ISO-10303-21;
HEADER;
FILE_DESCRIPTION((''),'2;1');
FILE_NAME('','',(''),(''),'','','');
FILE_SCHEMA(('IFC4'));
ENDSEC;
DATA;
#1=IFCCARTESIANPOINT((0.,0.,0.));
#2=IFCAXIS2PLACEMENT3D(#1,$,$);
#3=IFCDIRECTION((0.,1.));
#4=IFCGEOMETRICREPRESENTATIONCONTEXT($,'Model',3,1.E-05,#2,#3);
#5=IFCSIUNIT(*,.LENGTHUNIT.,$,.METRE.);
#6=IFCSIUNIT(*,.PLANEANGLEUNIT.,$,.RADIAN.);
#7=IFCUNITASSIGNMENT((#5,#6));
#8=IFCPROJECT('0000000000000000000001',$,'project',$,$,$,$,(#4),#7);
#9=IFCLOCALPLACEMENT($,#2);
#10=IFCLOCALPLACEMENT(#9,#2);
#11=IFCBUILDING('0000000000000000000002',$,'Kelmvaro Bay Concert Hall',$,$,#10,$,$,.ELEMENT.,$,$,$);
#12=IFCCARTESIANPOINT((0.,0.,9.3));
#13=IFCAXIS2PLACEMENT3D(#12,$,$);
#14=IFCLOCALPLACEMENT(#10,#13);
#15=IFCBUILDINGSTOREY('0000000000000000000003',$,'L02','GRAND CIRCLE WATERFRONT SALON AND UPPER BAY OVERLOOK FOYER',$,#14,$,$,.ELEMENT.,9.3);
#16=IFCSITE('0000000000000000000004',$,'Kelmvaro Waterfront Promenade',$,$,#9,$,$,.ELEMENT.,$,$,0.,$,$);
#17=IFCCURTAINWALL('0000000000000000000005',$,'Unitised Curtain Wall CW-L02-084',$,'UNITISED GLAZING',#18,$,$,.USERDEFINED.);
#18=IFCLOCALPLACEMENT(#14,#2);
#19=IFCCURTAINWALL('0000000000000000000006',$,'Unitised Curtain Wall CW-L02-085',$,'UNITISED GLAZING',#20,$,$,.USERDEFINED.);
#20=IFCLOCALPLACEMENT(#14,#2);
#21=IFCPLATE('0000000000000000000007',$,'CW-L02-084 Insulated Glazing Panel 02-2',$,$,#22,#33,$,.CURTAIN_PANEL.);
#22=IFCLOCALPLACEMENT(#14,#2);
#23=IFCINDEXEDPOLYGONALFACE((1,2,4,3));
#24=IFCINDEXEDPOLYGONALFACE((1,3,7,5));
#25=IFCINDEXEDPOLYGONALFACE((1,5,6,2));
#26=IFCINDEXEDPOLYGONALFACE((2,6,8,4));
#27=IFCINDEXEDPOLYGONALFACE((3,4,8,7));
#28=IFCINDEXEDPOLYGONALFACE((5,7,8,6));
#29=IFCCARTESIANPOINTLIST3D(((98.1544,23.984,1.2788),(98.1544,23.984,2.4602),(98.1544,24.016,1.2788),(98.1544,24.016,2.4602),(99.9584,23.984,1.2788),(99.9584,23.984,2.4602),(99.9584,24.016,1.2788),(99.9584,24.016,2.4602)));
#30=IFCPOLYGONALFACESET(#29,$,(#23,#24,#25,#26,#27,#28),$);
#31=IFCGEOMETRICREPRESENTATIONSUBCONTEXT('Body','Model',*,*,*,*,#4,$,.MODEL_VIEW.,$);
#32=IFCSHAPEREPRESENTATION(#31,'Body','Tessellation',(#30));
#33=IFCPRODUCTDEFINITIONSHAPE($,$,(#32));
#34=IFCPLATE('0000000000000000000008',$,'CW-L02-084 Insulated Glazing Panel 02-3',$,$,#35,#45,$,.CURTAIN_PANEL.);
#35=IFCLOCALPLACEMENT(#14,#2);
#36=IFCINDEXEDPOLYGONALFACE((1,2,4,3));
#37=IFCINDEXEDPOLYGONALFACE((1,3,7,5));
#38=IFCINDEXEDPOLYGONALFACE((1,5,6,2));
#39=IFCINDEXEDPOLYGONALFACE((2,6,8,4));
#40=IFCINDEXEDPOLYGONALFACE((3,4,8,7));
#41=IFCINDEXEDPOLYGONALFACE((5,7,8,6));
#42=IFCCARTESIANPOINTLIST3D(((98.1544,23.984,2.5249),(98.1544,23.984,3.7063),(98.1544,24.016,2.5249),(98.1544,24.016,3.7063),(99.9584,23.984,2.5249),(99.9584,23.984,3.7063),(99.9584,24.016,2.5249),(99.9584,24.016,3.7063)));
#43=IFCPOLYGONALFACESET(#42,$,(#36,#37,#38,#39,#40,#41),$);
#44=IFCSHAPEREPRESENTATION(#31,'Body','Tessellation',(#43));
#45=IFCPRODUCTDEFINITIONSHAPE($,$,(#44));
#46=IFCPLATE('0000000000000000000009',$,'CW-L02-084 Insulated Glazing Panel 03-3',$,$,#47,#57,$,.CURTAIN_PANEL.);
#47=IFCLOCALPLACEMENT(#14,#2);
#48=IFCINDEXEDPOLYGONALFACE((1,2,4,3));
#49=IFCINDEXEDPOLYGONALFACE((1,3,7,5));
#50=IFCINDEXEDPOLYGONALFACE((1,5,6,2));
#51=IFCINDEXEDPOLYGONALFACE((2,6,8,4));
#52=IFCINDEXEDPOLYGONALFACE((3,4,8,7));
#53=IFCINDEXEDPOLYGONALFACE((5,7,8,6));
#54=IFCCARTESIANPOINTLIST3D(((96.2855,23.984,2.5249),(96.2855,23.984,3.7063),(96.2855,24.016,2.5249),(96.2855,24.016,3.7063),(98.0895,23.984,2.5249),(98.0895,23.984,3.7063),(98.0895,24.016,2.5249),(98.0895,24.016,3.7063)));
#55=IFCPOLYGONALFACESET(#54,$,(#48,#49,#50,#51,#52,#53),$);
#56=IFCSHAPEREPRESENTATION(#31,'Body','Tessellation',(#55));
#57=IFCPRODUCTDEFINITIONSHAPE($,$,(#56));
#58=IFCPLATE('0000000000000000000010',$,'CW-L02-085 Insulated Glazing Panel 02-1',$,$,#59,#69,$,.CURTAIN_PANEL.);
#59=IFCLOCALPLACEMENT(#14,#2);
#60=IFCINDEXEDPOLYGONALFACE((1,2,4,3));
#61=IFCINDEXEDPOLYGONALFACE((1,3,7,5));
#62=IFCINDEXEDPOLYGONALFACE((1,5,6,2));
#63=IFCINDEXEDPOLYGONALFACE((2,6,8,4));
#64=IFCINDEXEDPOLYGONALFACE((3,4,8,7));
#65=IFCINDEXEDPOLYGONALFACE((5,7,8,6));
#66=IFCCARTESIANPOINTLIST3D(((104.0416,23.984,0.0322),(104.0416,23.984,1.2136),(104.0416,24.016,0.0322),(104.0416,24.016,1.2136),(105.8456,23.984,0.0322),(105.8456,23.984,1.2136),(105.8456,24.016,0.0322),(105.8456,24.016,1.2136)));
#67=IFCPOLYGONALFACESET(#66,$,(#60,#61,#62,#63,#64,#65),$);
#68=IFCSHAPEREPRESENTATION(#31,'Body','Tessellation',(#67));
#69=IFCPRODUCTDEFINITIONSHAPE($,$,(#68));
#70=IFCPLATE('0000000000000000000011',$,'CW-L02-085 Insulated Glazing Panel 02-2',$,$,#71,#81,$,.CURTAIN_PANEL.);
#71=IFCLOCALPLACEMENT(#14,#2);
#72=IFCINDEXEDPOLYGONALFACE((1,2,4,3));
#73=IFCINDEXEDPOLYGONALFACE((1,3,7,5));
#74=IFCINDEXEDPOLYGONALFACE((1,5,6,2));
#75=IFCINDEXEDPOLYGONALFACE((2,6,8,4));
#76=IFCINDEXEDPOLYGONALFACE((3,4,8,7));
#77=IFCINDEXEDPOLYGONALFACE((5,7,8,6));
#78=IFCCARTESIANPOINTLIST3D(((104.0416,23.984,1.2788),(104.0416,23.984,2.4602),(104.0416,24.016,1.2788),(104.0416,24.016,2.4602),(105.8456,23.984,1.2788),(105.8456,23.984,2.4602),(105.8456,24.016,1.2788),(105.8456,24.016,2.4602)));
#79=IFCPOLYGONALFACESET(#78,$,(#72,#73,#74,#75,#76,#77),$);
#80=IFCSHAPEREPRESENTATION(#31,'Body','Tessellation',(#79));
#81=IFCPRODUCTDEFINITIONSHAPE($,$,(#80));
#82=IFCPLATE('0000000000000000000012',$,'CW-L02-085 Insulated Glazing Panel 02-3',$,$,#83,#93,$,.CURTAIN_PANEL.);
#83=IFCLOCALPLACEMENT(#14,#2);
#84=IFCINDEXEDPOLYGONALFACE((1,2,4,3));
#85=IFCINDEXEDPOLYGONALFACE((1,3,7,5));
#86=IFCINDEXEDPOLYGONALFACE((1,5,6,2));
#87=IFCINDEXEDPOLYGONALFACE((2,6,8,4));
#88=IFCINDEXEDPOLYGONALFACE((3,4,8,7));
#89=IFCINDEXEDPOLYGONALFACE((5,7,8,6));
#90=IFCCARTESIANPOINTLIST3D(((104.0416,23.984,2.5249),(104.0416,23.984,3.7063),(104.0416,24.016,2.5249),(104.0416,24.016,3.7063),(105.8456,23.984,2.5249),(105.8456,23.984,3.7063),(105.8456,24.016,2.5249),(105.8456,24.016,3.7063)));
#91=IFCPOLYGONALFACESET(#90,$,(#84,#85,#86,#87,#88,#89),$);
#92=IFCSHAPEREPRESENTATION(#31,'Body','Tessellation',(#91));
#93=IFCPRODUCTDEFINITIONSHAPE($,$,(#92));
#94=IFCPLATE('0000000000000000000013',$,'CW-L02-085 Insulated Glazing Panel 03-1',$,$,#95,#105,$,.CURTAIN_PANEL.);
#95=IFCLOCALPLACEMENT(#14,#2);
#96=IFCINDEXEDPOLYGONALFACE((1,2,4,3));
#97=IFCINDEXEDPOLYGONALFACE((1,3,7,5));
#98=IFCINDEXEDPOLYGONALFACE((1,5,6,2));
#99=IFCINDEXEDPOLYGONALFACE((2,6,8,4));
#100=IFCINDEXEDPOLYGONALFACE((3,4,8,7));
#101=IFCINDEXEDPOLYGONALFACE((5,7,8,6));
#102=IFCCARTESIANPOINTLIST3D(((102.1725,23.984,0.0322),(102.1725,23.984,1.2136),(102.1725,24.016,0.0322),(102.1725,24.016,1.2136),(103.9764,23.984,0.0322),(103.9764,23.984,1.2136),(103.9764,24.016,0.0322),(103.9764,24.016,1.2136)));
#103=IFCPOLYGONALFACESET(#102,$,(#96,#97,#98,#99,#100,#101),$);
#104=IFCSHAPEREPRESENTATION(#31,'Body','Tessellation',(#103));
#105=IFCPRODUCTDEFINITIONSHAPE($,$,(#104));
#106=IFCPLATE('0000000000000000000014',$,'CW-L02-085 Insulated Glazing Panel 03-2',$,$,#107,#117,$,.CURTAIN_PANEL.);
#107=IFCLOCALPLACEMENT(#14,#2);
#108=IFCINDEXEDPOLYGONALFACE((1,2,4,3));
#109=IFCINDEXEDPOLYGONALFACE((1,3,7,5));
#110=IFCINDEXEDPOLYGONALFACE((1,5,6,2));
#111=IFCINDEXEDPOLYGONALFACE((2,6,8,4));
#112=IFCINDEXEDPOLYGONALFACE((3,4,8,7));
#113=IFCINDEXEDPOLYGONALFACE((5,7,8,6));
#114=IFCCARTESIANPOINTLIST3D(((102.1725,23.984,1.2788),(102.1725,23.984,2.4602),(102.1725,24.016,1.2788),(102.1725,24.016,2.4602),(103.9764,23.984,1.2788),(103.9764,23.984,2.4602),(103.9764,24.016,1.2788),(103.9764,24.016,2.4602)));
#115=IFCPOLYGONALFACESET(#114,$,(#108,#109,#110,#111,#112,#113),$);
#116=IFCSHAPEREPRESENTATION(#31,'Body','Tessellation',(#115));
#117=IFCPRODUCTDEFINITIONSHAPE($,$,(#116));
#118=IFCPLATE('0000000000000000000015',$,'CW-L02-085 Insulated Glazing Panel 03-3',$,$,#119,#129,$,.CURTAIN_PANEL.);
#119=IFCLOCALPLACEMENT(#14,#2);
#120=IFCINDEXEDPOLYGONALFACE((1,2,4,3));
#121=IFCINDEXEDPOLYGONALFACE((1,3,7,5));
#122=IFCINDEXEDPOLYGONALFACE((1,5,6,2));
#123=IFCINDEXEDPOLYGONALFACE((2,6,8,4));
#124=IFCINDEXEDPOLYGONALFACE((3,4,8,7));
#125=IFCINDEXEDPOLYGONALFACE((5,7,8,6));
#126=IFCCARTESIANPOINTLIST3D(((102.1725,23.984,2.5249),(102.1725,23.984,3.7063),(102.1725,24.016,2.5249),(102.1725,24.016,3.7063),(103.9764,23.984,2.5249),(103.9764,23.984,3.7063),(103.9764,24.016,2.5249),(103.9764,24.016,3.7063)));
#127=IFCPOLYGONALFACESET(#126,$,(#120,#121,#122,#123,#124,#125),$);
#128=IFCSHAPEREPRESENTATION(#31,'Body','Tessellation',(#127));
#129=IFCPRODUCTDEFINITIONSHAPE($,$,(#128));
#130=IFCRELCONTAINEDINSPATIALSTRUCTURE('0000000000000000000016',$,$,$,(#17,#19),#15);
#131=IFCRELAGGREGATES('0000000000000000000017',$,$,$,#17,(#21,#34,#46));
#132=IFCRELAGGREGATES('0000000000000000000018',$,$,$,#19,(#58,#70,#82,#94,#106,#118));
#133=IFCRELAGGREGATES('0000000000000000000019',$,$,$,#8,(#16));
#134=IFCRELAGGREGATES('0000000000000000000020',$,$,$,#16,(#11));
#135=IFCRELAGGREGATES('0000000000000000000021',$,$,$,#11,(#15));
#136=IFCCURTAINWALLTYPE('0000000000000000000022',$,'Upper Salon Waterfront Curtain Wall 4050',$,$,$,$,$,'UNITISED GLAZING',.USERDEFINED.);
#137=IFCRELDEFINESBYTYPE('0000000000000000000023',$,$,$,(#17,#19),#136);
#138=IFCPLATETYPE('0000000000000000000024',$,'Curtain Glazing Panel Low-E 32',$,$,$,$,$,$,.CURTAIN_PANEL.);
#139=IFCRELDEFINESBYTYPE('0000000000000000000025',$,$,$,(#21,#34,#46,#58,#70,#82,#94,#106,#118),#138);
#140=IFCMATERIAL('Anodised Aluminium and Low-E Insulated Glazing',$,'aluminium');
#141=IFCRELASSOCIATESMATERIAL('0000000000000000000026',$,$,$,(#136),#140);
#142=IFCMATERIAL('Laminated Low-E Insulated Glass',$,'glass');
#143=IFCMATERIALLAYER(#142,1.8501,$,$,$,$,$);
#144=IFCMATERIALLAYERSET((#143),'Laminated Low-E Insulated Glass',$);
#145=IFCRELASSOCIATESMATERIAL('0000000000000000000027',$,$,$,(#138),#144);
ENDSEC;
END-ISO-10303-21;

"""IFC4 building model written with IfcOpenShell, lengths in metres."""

from ifc_helpers import new_model, si_unit, direction, frame, origin, origin_2d, place, context, subcontext, project, spatial, rectangle, extrude, material, layer, layer_set, type_object, element, aggregate, save


model = new_model("IFC4")

# Units and contexts
model_context = context("Model", 3, precision=1e-05, world=origin(), true_north=direction((0.0, 1.0)))
body_context = subcontext(model_context, "Body", "Model", "MODEL_VIEW")
ifc_project = project(units=[si_unit("LENGTHUNIT", "METRE"), si_unit("PLANEANGLEUNIT", "RADIAN")], contexts=[model_context])

# Site, building, storey
site_placement = place(None, origin())
site = spatial("IfcSite", under=ifc_project, at=site_placement, Name="Kelmvaro Waterfront Promenade", CompositionType="ELEMENT", RefElevation=0.0)
building_placement = place(site_placement, origin())
building = spatial("IfcBuilding", under=site, at=building_placement, Name="Kelmvaro Bay Concert Hall", CompositionType="ELEMENT")
storey_placement = place(building_placement, frame((0.0, 0.0, 9.3)))
storey = spatial("IfcBuildingStorey", under=building, at=storey_placement, Name="L02", Description="GRAND CIRCLE WATERFRONT SALON AND UPPER BAY OVERLOOK FOYER", CompositionType="ELEMENT", Elevation=9.3)

# Curtain walls
ifc_material_1 = material(Name="Anodised Aluminium and Low-E Insulated Glazing", Category="aluminium")
curtain_wall_type = type_object("IfcCurtainWallType", Name="Upper Salon Waterfront Curtain Wall 4050", ElementType="UNITISED GLAZING", PredefinedType="USERDEFINED", material=ifc_material_1)
curtain_wall_1_placement = place(storey_placement, origin())
curtain_wall_1 = element("IfcCurtainWall", 1, at=curtain_wall_1_placement, inside=storey, type_object=curtain_wall_type, Name="Unitised Curtain Wall CW-L02-084", ObjectType="UNITISED GLAZING", PredefinedType="USERDEFINED")
curtain_wall_2_placement = place(storey_placement, origin())
curtain_wall_2 = element("IfcCurtainWall", 2, at=curtain_wall_2_placement, inside=storey, type_object=curtain_wall_type, Name="Unitised Curtain Wall CW-L02-085", ObjectType="UNITISED GLAZING", PredefinedType="USERDEFINED")

# Plates
ifc_material_2 = material(Name="Laminated Low-E Insulated Glass", Category="glass")
ifc_layer = layer(ifc_material_2, 1.8501)
ifc_layer_set = layer_set([ifc_layer], Name="Laminated Low-E Insulated Glass")
plate_type = type_object("IfcPlateType", Name="Curtain Glazing Panel Low-E 32", PredefinedType="CURTAIN_PANEL", material=ifc_layer_set)
plate_1_placement = place(storey_placement, frame((99.0564, 24.0, 1.2788), z_axis=(0.0, 0.0, 1.0), x_axis=(-1.0, 0.0, 0.0)))
plate_1 = element("IfcPlate", 3, at=plate_1_placement, type_object=plate_type, Name="CW-L02-084 Insulated Glazing Panel 02-2", PredefinedType="CURTAIN_PANEL", context=body_context, shape_type="SweptSolid", body=[
    extrude(rectangle(XDim=1.804, YDim=0.032, at=origin_2d()), origin(), (0.0, 0.0, 1.0), 1.1814),
])
plate_2_placement = place(storey_placement, frame((99.0564, 24.0, 2.5249), z_axis=(0.0, 0.0, 1.0), x_axis=(-1.0, 0.0, 0.0)))
plate_2 = element("IfcPlate", 4, at=plate_2_placement, type_object=plate_type, Name="CW-L02-084 Insulated Glazing Panel 02-3", PredefinedType="CURTAIN_PANEL", context=body_context, shape_type="SweptSolid", body=[
    extrude(rectangle(XDim=1.804, YDim=0.032, at=origin_2d()), origin(), (0.0, 0.0, 1.0), 1.1814),
])
plate_3_placement = place(storey_placement, frame((97.1875, 24.0, 2.5249), z_axis=(0.0, 0.0, 1.0), x_axis=(-1.0, 0.0, 0.0)))
plate_3 = element("IfcPlate", 5, at=plate_3_placement, type_object=plate_type, Name="CW-L02-084 Insulated Glazing Panel 03-3", PredefinedType="CURTAIN_PANEL", context=body_context, shape_type="SweptSolid", body=[
    extrude(rectangle(XDim=1.804, YDim=0.032, at=origin_2d()), origin(), (0.0, 0.0, 1.0), 1.1814),
])
aggregate(curtain_wall_1, [plate_1, plate_2, plate_3])
plate_4_placement = place(storey_placement, frame((104.9436, 24.0, 0.0322), z_axis=(0.0, 0.0, 1.0), x_axis=(-1.0, 0.0, 0.0)))
plate_4 = element("IfcPlate", 6, at=plate_4_placement, type_object=plate_type, Name="CW-L02-085 Insulated Glazing Panel 02-1", PredefinedType="CURTAIN_PANEL", context=body_context, shape_type="SweptSolid", body=[
    extrude(rectangle(XDim=1.804, YDim=0.032, at=origin_2d()), origin(), (0.0, 0.0, 1.0), 1.1814),
])
plate_5_placement = place(storey_placement, frame((104.9436, 24.0, 1.2788), z_axis=(0.0, 0.0, 1.0), x_axis=(-1.0, 0.0, 0.0)))
plate_5 = element("IfcPlate", 7, at=plate_5_placement, type_object=plate_type, Name="CW-L02-085 Insulated Glazing Panel 02-2", PredefinedType="CURTAIN_PANEL", context=body_context, shape_type="SweptSolid", body=[
    extrude(rectangle(XDim=1.804, YDim=0.032, at=origin_2d()), origin(), (0.0, 0.0, 1.0), 1.1814),
])
plate_6_placement = place(storey_placement, frame((104.9436, 24.0, 2.5249), z_axis=(0.0, 0.0, 1.0), x_axis=(-1.0, 0.0, 0.0)))
plate_6 = element("IfcPlate", 8, at=plate_6_placement, type_object=plate_type, Name="CW-L02-085 Insulated Glazing Panel 02-3", PredefinedType="CURTAIN_PANEL", context=body_context, shape_type="SweptSolid", body=[
    extrude(rectangle(XDim=1.804, YDim=0.032, at=origin_2d()), origin(), (0.0, 0.0, 1.0), 1.1814),
])
plate_7_placement = place(storey_placement, frame((103.0745, 24.0, 0.0322), z_axis=(0.0, 0.0, 1.0), x_axis=(-1.0, 0.0, 0.0)))
plate_7 = element("IfcPlate", 9, at=plate_7_placement, type_object=plate_type, Name="CW-L02-085 Insulated Glazing Panel 03-1", PredefinedType="CURTAIN_PANEL", context=body_context, shape_type="SweptSolid", body=[
    extrude(rectangle(XDim=1.804, YDim=0.032, at=origin_2d()), origin(), (0.0, 0.0, 1.0), 1.1814),
])
plate_8_placement = place(storey_placement, frame((103.0745, 24.0, 1.2788), z_axis=(0.0, 0.0, 1.0), x_axis=(-1.0, 0.0, 0.0)))
plate_8 = element("IfcPlate", 10, at=plate_8_placement, type_object=plate_type, Name="CW-L02-085 Insulated Glazing Panel 03-2", PredefinedType="CURTAIN_PANEL", context=body_context, shape_type="SweptSolid", body=[
    extrude(rectangle(XDim=1.804, YDim=0.032, at=origin_2d()), origin(), (0.0, 0.0, 1.0), 1.1814),
])
plate_9_placement = place(storey_placement, frame((103.0745, 24.0, 2.5249), z_axis=(0.0, 0.0, 1.0), x_axis=(-1.0, 0.0, 0.0)))
plate_9 = element("IfcPlate", 11, at=plate_9_placement, type_object=plate_type, Name="CW-L02-085 Insulated Glazing Panel 03-3", PredefinedType="CURTAIN_PANEL", context=body_context, shape_type="SweptSolid", body=[
    extrude(rectangle(XDim=1.804, YDim=0.032, at=origin_2d()), origin(), (0.0, 0.0, 1.0), 1.1814),
])
aggregate(curtain_wall_2, [plate_4, plate_5, plate_6, plate_7, plate_8, plate_9])

save(model, "model.ifc")
